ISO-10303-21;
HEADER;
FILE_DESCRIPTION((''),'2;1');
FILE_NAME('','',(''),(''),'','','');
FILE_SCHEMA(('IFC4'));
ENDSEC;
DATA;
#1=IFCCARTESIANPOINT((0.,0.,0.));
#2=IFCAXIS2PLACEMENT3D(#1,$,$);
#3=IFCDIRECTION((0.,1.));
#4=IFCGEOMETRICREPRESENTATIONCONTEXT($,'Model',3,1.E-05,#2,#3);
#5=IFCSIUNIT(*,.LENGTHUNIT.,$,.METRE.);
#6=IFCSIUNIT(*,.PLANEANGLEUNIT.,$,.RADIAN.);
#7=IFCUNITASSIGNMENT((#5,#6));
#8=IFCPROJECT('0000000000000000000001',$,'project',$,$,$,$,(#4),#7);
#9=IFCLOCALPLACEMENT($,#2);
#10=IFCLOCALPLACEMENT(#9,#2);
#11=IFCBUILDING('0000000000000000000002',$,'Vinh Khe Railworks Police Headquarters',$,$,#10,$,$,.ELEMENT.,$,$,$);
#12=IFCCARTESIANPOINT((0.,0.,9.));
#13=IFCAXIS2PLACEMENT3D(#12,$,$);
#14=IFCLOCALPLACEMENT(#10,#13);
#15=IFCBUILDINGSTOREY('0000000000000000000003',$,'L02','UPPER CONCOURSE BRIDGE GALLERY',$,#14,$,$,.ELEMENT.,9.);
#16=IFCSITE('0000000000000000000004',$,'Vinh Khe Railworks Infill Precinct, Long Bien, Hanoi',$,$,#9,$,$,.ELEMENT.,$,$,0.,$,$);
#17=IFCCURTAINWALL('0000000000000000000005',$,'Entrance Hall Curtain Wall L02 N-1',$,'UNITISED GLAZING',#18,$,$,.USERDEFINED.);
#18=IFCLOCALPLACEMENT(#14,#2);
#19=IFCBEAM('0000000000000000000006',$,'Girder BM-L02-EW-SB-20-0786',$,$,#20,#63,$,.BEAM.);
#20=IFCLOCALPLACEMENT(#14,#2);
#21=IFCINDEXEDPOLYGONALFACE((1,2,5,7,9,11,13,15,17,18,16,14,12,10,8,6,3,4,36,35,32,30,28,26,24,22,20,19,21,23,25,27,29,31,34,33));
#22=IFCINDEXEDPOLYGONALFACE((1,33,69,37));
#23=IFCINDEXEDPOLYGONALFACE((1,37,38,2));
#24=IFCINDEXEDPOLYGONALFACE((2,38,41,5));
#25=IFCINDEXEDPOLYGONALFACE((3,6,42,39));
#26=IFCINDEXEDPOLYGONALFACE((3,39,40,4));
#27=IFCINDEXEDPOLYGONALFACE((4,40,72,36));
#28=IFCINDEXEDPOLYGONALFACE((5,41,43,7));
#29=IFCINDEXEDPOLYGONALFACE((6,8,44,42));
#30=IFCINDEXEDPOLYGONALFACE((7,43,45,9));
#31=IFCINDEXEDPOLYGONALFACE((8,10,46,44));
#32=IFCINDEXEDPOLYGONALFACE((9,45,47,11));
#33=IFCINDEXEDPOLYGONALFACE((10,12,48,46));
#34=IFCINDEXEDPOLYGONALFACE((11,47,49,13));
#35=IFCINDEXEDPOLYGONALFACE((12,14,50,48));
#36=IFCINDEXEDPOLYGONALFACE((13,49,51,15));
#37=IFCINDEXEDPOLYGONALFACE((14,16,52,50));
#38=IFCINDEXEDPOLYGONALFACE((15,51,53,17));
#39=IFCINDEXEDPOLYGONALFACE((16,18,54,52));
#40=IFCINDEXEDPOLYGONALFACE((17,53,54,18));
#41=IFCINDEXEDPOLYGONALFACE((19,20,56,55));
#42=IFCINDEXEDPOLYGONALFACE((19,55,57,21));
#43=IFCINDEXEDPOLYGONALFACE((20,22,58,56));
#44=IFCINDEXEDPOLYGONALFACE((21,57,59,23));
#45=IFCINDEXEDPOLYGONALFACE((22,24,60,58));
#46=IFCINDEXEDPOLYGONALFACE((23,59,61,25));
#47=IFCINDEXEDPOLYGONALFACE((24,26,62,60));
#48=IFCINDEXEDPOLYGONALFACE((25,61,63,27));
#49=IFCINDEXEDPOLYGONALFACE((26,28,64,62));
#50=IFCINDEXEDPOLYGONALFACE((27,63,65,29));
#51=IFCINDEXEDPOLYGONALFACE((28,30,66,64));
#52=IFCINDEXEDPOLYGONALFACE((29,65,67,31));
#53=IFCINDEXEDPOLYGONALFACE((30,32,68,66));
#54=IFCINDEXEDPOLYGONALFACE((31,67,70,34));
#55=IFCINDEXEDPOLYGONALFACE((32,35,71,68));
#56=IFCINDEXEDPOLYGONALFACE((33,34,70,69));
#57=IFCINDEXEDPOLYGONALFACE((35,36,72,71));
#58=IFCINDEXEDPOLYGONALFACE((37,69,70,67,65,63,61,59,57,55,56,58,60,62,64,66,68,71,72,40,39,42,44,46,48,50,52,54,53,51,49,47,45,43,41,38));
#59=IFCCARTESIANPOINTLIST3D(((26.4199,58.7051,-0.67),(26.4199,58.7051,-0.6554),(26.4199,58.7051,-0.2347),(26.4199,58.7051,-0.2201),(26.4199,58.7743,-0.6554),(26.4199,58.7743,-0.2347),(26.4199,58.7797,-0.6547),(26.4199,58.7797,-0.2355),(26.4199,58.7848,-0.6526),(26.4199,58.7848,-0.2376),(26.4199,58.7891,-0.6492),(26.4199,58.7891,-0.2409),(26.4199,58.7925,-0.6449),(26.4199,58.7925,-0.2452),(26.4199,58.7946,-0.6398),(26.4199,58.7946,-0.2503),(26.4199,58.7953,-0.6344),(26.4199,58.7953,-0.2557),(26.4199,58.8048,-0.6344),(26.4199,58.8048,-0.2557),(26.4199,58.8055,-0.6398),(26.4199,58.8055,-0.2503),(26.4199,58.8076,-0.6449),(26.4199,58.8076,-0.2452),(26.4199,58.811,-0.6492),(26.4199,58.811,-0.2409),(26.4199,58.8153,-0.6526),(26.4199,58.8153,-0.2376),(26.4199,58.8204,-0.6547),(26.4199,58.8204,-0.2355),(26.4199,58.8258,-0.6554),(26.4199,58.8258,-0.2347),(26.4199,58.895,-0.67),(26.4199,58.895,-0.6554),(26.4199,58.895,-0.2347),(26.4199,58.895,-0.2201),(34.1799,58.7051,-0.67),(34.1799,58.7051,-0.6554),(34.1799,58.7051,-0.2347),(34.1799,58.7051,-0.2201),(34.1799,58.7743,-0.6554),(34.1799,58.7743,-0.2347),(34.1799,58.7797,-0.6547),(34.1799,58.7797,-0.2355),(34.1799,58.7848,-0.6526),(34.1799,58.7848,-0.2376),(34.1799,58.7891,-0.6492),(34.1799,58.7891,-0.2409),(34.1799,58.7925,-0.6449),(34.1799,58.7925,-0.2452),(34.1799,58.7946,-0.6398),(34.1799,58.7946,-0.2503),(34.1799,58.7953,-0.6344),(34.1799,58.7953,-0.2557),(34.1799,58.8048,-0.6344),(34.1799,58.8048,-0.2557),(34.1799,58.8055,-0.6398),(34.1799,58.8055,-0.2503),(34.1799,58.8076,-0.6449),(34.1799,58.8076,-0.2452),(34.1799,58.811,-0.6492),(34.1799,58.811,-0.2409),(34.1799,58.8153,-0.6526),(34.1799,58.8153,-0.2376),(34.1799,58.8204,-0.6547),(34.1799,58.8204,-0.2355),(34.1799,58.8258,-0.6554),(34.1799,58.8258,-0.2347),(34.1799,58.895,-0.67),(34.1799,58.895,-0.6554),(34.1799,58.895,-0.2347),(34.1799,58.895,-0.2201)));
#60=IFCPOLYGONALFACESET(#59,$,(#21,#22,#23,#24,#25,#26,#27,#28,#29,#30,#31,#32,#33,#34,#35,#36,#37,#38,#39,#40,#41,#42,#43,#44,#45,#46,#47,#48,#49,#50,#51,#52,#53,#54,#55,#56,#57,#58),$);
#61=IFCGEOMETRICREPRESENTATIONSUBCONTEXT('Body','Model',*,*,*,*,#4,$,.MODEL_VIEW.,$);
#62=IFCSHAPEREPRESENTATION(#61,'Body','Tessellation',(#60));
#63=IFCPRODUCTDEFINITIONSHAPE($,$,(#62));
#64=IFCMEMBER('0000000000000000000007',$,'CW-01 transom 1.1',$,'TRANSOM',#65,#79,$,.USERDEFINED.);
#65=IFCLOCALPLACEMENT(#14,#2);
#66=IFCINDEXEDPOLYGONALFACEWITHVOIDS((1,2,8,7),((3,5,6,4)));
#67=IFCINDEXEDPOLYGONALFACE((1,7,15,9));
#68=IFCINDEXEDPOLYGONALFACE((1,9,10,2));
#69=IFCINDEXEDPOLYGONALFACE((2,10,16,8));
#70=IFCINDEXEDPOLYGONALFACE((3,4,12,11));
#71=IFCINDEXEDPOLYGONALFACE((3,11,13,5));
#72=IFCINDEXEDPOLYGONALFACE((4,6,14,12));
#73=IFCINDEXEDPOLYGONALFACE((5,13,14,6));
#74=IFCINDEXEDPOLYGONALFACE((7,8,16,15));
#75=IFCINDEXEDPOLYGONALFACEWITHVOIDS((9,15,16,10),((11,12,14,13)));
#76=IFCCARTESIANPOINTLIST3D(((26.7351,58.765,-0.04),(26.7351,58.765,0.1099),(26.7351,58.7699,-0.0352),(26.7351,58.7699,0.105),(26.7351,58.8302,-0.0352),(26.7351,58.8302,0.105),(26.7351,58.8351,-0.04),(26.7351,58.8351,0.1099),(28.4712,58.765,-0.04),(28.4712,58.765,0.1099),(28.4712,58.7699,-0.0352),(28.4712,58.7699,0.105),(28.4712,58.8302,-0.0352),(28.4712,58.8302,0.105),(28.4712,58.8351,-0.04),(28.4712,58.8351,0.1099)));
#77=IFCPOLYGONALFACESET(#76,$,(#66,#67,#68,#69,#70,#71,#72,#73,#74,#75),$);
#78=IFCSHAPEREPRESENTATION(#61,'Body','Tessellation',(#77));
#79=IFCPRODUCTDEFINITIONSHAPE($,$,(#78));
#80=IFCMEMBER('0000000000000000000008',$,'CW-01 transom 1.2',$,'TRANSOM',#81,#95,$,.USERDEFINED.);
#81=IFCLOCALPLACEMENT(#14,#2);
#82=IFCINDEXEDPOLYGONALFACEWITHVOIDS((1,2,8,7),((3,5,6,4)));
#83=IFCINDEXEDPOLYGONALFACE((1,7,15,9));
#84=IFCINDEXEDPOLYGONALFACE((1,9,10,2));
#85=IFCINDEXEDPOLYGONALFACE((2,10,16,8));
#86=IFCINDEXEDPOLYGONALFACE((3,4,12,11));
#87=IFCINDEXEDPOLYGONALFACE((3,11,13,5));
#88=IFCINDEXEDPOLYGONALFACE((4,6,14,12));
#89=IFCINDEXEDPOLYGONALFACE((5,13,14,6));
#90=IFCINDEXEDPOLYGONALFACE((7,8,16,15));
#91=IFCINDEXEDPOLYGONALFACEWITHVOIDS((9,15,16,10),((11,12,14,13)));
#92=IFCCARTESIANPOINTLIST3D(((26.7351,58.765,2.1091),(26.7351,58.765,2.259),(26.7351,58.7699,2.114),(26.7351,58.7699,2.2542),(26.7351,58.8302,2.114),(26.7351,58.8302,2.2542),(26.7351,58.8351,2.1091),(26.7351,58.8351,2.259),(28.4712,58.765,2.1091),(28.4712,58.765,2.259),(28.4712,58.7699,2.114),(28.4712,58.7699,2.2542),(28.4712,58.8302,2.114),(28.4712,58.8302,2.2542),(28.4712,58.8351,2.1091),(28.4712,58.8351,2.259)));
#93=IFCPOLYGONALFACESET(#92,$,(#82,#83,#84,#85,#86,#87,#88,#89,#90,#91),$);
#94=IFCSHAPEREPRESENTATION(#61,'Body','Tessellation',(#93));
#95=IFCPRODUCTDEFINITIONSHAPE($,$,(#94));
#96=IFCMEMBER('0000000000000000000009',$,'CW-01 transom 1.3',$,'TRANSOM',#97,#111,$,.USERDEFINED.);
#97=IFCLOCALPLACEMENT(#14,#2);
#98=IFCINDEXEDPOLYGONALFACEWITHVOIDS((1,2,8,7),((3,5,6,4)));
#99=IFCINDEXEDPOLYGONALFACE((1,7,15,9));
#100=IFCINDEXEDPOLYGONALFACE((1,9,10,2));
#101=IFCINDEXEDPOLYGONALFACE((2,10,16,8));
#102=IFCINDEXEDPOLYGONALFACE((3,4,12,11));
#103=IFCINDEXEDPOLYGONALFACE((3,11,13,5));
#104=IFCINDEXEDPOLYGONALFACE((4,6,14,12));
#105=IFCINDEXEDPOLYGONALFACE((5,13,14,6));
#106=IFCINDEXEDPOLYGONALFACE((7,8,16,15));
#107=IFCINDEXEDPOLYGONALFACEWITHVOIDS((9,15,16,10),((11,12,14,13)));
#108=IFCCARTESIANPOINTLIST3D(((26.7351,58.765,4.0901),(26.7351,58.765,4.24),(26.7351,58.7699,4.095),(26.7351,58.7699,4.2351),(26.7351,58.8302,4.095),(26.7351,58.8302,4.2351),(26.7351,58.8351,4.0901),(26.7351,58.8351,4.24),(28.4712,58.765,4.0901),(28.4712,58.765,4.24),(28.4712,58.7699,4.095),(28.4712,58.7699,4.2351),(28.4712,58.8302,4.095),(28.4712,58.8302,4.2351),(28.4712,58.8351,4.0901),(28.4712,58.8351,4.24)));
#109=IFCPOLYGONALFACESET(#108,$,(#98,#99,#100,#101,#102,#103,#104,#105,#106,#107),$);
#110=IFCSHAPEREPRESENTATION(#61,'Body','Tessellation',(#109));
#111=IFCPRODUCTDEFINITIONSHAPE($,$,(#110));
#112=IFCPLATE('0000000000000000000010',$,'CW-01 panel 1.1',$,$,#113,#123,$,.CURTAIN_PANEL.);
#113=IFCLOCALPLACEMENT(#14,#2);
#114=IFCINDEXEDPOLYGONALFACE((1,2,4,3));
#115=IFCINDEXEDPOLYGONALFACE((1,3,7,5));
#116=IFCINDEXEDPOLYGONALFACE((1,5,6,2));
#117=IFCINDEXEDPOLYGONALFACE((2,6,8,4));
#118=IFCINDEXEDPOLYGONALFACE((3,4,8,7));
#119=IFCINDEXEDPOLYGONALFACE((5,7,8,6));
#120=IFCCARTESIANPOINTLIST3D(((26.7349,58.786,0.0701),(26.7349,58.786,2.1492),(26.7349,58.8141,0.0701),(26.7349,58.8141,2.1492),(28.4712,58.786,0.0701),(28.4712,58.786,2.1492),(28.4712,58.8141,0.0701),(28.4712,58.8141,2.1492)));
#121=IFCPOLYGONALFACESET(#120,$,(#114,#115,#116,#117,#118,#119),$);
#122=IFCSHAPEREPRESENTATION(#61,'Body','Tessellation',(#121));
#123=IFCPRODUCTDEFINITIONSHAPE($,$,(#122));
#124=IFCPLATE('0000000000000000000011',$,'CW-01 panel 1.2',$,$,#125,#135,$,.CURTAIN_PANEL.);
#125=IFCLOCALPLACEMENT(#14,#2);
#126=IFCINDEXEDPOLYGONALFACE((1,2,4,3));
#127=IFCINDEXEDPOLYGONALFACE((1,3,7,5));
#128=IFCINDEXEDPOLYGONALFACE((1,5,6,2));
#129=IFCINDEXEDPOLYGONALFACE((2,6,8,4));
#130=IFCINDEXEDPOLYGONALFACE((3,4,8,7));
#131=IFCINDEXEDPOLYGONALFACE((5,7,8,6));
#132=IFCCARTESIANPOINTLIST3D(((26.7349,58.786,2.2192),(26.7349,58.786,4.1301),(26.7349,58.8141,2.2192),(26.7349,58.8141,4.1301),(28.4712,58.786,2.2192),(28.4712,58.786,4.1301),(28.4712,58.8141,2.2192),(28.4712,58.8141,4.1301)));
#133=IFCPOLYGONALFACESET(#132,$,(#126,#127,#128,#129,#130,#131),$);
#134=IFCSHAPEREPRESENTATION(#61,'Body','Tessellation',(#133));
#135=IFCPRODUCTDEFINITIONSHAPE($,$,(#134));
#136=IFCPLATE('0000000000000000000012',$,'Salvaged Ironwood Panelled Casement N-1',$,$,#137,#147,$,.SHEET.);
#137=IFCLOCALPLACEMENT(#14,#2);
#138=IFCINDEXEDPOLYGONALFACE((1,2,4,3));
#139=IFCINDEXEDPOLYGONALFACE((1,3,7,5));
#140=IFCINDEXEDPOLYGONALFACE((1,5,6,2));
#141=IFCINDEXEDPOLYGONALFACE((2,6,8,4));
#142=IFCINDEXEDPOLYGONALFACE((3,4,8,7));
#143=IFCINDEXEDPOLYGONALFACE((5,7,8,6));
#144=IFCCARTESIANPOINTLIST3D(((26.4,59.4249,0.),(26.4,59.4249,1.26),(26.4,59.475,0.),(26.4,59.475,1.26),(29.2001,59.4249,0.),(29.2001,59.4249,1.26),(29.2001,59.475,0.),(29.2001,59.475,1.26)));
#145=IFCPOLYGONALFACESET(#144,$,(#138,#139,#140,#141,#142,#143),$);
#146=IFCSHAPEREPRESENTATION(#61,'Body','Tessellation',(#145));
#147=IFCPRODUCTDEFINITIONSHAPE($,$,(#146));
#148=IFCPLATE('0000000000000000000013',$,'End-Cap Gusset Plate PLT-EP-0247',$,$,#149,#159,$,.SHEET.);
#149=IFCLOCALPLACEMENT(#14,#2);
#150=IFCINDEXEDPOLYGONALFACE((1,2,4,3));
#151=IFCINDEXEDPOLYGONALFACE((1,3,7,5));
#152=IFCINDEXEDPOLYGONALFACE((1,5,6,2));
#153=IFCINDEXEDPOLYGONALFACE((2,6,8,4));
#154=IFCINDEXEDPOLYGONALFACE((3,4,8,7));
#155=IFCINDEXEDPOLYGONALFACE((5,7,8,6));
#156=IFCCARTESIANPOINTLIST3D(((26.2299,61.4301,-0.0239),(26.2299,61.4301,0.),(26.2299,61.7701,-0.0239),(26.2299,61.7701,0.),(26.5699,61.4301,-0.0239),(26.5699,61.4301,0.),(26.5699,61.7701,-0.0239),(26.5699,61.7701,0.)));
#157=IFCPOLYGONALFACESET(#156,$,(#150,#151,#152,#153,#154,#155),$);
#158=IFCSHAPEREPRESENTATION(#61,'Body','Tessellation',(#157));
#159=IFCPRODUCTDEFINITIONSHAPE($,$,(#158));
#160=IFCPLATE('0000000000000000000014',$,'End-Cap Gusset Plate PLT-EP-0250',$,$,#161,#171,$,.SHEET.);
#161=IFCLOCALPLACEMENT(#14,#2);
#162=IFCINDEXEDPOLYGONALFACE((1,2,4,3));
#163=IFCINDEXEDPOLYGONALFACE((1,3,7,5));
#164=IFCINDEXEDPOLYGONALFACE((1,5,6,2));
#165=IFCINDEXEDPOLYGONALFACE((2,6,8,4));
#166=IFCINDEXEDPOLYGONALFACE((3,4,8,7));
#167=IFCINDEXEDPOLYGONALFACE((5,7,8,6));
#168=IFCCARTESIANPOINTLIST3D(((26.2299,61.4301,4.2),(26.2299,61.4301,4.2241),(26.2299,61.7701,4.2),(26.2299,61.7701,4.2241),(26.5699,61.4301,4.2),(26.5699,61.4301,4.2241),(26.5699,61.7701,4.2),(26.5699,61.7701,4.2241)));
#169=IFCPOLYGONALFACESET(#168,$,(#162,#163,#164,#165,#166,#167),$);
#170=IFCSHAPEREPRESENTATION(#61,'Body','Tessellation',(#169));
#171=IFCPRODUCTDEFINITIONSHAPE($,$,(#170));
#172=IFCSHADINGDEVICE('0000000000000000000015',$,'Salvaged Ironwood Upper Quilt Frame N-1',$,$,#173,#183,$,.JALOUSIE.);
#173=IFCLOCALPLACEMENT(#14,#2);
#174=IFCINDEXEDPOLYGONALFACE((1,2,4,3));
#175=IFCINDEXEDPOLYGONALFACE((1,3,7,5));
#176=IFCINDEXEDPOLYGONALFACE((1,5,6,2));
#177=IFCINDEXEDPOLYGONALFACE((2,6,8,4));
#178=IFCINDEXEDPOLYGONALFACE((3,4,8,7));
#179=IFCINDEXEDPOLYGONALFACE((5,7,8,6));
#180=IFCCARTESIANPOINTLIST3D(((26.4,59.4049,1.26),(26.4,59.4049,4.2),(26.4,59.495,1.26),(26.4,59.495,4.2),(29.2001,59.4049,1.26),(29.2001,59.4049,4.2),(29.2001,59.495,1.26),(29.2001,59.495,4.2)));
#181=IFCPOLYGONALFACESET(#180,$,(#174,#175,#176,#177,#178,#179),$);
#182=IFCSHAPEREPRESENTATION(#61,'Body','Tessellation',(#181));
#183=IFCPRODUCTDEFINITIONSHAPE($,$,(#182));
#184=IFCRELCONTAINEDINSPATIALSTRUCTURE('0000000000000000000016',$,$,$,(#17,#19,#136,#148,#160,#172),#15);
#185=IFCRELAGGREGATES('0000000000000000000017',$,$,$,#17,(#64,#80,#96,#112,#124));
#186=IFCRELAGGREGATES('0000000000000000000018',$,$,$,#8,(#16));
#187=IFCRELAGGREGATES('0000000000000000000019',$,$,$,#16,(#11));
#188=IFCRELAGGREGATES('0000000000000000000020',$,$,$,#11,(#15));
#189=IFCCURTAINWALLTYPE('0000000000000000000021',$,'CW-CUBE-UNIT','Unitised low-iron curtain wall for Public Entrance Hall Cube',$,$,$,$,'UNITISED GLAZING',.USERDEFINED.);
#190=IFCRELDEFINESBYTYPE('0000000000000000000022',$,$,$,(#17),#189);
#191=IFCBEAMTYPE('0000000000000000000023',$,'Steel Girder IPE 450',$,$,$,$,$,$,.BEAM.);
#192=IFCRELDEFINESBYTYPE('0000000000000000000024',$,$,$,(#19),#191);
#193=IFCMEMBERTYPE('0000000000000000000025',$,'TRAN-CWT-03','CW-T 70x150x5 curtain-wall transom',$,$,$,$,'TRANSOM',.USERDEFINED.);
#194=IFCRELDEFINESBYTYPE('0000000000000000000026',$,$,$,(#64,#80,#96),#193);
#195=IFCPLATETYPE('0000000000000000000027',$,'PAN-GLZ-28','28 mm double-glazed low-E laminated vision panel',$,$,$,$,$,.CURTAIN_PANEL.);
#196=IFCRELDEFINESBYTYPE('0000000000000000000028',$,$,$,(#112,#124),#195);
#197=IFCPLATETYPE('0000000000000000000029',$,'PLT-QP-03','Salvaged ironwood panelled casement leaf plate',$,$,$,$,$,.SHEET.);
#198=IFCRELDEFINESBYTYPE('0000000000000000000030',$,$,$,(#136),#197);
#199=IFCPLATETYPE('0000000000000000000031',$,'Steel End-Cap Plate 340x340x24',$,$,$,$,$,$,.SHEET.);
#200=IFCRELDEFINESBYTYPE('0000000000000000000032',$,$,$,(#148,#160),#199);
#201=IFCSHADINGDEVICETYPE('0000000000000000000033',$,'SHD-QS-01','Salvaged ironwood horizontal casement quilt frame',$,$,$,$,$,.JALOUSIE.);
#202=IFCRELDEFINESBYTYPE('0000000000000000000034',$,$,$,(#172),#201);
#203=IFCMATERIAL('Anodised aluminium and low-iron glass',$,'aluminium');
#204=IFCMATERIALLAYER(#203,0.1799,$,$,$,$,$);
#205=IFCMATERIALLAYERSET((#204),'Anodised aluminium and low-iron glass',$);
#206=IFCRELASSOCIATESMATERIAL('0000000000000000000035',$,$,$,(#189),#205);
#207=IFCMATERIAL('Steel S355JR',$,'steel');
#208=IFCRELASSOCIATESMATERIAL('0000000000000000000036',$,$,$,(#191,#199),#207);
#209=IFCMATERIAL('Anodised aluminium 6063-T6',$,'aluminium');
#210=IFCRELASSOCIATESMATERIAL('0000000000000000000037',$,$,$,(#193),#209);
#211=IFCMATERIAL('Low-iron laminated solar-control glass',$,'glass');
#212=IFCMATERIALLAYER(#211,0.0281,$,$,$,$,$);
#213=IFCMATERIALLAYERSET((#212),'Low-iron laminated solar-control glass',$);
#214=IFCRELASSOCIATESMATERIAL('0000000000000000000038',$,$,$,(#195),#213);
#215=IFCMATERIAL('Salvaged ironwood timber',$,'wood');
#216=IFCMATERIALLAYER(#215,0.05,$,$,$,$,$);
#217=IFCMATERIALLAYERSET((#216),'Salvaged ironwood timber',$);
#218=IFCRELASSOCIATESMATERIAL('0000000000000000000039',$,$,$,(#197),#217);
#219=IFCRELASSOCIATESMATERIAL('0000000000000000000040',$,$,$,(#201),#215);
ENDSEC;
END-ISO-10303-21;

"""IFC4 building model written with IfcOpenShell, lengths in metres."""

from ifc_helpers import new_model, si_unit, direction, frame, origin, origin_2d, place, context, subcontext, project, spatial, rectangle, hollow_rectangle, i_section, extrude, material, layer, layer_set, material_profile, profile_set, type_object, element, aggregate, save


model = new_model("IFC4")

# Units and contexts
model_context = context("Model", 3, precision=1e-05, world=origin(), true_north=direction((0.0, 1.0)))
body_context = subcontext(model_context, "Body", "Model", "MODEL_VIEW")
ifc_project = project(units=[si_unit("LENGTHUNIT", "METRE"), si_unit("PLANEANGLEUNIT", "RADIAN")], contexts=[model_context])

# Site, building, storey
site_placement = place(None, origin())
site = spatial("IfcSite", under=ifc_project, at=site_placement, Name="Vinh Khe Railworks Infill Precinct, Long Bien, Hanoi", CompositionType="ELEMENT", RefElevation=0.0)
building_placement = place(site_placement, origin())
building = spatial("IfcBuilding", under=site, at=building_placement, Name="Vinh Khe Railworks Police Headquarters", CompositionType="ELEMENT")
storey_placement = place(building_placement, frame((0.0, 0.0, 9.0)))
storey = spatial("IfcBuildingStorey", under=building, at=storey_placement, Name="L02", Description="UPPER CONCOURSE BRIDGE GALLERY", CompositionType="ELEMENT", Elevation=9.0)

# Shared definitions
ifc_material_1 = material(Name="Steel S355JR", Category="steel")

# Shared definitions
ifc_material_2 = material(Name="Salvaged ironwood timber", Category="wood")

# Curtain wall
ifc_material_3 = material(Name="Anodised aluminium and low-iron glass", Category="aluminium")
ifc_layer_1 = layer(ifc_material_3, 0.1799)
ifc_layer_set_1 = layer_set([ifc_layer_1], Name="Anodised aluminium and low-iron glass")
curtain_wall_type = type_object("IfcCurtainWallType", Name="CW-CUBE-UNIT", Description="Unitised low-iron curtain wall for Public Entrance Hall Cube", ElementType="UNITISED GLAZING", PredefinedType="USERDEFINED", material=ifc_layer_set_1)
curtain_wall_placement = place(storey_placement, origin())
curtain_wall = element("IfcCurtainWall", 1, at=curtain_wall_placement, inside=storey, type_object=curtain_wall_type, Name="Entrance Hall Curtain Wall L02 N-1", ObjectType="UNITISED GLAZING", PredefinedType="USERDEFINED")
ifc_material_4 = material(Name="Anodised aluminium 6063-T6", Category="aluminium")

# Beam
ifc_material_profile_1 = material_profile(ifc_material_1, i_section(OverallWidth=0.1899, OverallDepth=0.45, WebThickness=0.0095, FlangeThickness=0.0146, FilletRadius=0.021, at=origin_2d()), Name="IPE 450")
ifc_profile_set_1 = profile_set([ifc_material_profile_1], Name="Steel S355JR")
beam_type = type_object("IfcBeamType", Name="Steel Girder IPE 450", PredefinedType="BEAM", material=ifc_profile_set_1)
beam_placement = place(storey_placement, frame((26.4199, 58.8, -0.4451), z_axis=(1.0, 0.0, 0.0), x_axis=(0.0, 1.0, 0.0)))
element("IfcBeam", 2, at=beam_placement, inside=storey, type_object=beam_type, Name="Girder BM-L02-EW-SB-20-0786", PredefinedType="BEAM", context=body_context, shape_type="SweptSolid", body=[
    extrude(i_section(OverallWidth=0.1899, OverallDepth=0.45, WebThickness=0.0095, FlangeThickness=0.0146, FilletRadius=0.021, at=origin_2d()), origin(), (0.0, 0.0, 1.0), 7.76),
])

# Members
ifc_material_profile_2 = material_profile(ifc_material_4, hollow_rectangle(XDim=0.0701, YDim=0.1499, WallThickness=0.0049, at=origin_2d()), Name="CW-T 70x150x5")
ifc_profile_set_2 = profile_set([ifc_material_profile_2], Name="Anodised aluminium 6063-T6")
member_type_1 = type_object("IfcMemberType", Name="TRAN-CWT-03", Description="CW-T 70x150x5 curtain-wall transom", ElementType="TRANSOM", PredefinedType="USERDEFINED", material=ifc_profile_set_2)
member_1_placement = place(storey_placement, frame((26.7351, 58.8, 0.0349), z_axis=(1.0, 0.0, 0.0), x_axis=(0.0, 1.0, 0.0)))
member_1 = element("IfcMember", 3, at=member_1_placement, type_object=member_type_1, Name="CW-01 transom 1.1", ObjectType="TRANSOM", PredefinedType="USERDEFINED", context=body_context, shape_type="SweptSolid", body=[
    extrude(hollow_rectangle(XDim=0.0701, YDim=0.1499, WallThickness=0.0049, at=origin_2d()), origin(), (0.0, 0.0, 1.0), 1.7361),
])
member_2_placement = place(storey_placement, frame((26.7351, 58.8, 2.1841), z_axis=(1.0, 0.0, 0.0), x_axis=(0.0, 1.0, 0.0)))
member_2 = element("IfcMember", 4, at=member_2_placement, type_object=member_type_1, Name="CW-01 transom 1.2", ObjectType="TRANSOM", PredefinedType="USERDEFINED", context=body_context, shape_type="SweptSolid", body=[
    extrude(hollow_rectangle(XDim=0.0701, YDim=0.1499, WallThickness=0.0049, at=origin_2d()), origin(), (0.0, 0.0, 1.0), 1.7361),
])
member_3_placement = place(storey_placement, frame((26.7351, 58.8, 4.165), z_axis=(1.0, 0.0, 0.0), x_axis=(0.0, 1.0, 0.0)))
member_3 = element("IfcMember", 5, at=member_3_placement, type_object=member_type_1, Name="CW-01 transom 1.3", ObjectType="TRANSOM", PredefinedType="USERDEFINED", context=body_context, shape_type="SweptSolid", body=[
    extrude(hollow_rectangle(XDim=0.0701, YDim=0.1499, WallThickness=0.0049, at=origin_2d()), origin(), (0.0, 0.0, 1.0), 1.7361),
])

# Plates
ifc_material_5 = material(Name="Low-iron laminated solar-control glass", Category="glass")
ifc_layer_2 = layer(ifc_material_5, 0.0281)
ifc_layer_set_2 = layer_set([ifc_layer_2], Name="Low-iron laminated solar-control glass")
plate_type_1 = type_object("IfcPlateType", Name="PAN-GLZ-28", Description="28 mm double-glazed low-E laminated vision panel", PredefinedType="CURTAIN_PANEL", material=ifc_layer_set_2)
plate_1_placement = place(storey_placement, frame((27.603, 58.8, 0.0701), z_axis=(0.0, 0.0, 1.0), x_axis=(1.0, 0.0, 0.0)))
plate_1 = element("IfcPlate", 6, at=plate_1_placement, type_object=plate_type_1, Name="CW-01 panel 1.1", PredefinedType="CURTAIN_PANEL", context=body_context, shape_type="SweptSolid", body=[
    extrude(rectangle(XDim=1.7363, YDim=0.0281, at=origin_2d()), origin(), (0.0, 0.0, 1.0), 2.0791),
])
plate_2_placement = place(storey_placement, frame((27.603, 58.8, 2.2192), z_axis=(0.0, 0.0, 1.0), x_axis=(1.0, 0.0, 0.0)))
plate_2 = element("IfcPlate", 7, at=plate_2_placement, type_object=plate_type_1, Name="CW-01 panel 1.2", PredefinedType="CURTAIN_PANEL", context=body_context, shape_type="SweptSolid", body=[
    extrude(rectangle(XDim=1.7363, YDim=0.0281, at=origin_2d()), origin(), (0.0, 0.0, 1.0), 1.9109),
])
aggregate(curtain_wall, [member_1, member_2, member_3, plate_1, plate_2])

# Plates
ifc_layer_3 = layer(ifc_material_2, 0.05)
ifc_layer_set_3 = layer_set([ifc_layer_3], Name="Salvaged ironwood timber")
plate_type_2 = type_object("IfcPlateType", Name="PLT-QP-03", Description="Salvaged ironwood panelled casement leaf plate", PredefinedType="SHEET", material=ifc_layer_set_3)
plate_3_placement = place(storey_placement, frame((27.8, 59.45, 0.0), z_axis=(0.0, 0.0, 1.0), x_axis=(1.0, 0.0, 0.0)))
element("IfcPlate", 8, at=plate_3_placement, inside=storey, type_object=plate_type_2, Name="Salvaged Ironwood Panelled Casement N-1", PredefinedType="SHEET", context=body_context, shape_type="SweptSolid", body=[
    extrude(rectangle(XDim=2.8, YDim=0.05, at=origin_2d()), origin(), (0.0, 0.0, 1.0), 1.26),
])
ifc_material_profile_3 = material_profile(ifc_material_1, rectangle(XDim=0.3401, YDim=0.3401, at=origin_2d()), Name="PL 340x340")
ifc_profile_set_3 = profile_set([ifc_material_profile_3], Name="Steel S355JR")
plate_type_3 = type_object("IfcPlateType", Name="Steel End-Cap Plate 340x340x24", PredefinedType="SHEET", material=ifc_profile_set_3)
plate_4_placement = place(storey_placement, frame((26.3999, 61.6001, 0.0), z_axis=(0.0, 0.0, -1.0), x_axis=(1.0, 0.0, 0.0)))
element("IfcPlate", 9, at=plate_4_placement, inside=storey, type_object=plate_type_3, Name="End-Cap Gusset Plate PLT-EP-0247", PredefinedType="SHEET", context=body_context, shape_type="SweptSolid", body=[
    extrude(rectangle(XDim=0.3401, YDim=0.3401, at=origin_2d()), origin(), (0.0, 0.0, 1.0), 0.0239),
])
plate_5_placement = place(storey_placement, frame((26.3999, 61.6001, 4.2), z_axis=(0.0, 0.0, 1.0), x_axis=(1.0, 0.0, 0.0)))
element("IfcPlate", 10, at=plate_5_placement, inside=storey, type_object=plate_type_3, Name="End-Cap Gusset Plate PLT-EP-0250", PredefinedType="SHEET", context=body_context, shape_type="SweptSolid", body=[
    extrude(rectangle(XDim=0.3401, YDim=0.3401, at=origin_2d()), origin(), (0.0, 0.0, 1.0), 0.0242),
])

# Shading device
shading_device_type = type_object("IfcShadingDeviceType", Name="SHD-QS-01", Description="Salvaged ironwood horizontal casement quilt frame", PredefinedType="JALOUSIE", material=ifc_material_2)
shading_device_placement = place(storey_placement, frame((27.8, 59.45, 1.26), z_axis=(0.0, 0.0, 1.0), x_axis=(1.0, 0.0, 0.0)))
element("IfcShadingDevice", 11, at=shading_device_placement, inside=storey, type_object=shading_device_type, Name="Salvaged Ironwood Upper Quilt Frame N-1", PredefinedType="JALOUSIE", context=body_context, shape_type="SweptSolid", body=[
    extrude(rectangle(XDim=2.8, YDim=0.0901, at=origin_2d()), origin(), (0.0, 0.0, 1.0), 2.9399),
])

save(model, "model.ifc")
